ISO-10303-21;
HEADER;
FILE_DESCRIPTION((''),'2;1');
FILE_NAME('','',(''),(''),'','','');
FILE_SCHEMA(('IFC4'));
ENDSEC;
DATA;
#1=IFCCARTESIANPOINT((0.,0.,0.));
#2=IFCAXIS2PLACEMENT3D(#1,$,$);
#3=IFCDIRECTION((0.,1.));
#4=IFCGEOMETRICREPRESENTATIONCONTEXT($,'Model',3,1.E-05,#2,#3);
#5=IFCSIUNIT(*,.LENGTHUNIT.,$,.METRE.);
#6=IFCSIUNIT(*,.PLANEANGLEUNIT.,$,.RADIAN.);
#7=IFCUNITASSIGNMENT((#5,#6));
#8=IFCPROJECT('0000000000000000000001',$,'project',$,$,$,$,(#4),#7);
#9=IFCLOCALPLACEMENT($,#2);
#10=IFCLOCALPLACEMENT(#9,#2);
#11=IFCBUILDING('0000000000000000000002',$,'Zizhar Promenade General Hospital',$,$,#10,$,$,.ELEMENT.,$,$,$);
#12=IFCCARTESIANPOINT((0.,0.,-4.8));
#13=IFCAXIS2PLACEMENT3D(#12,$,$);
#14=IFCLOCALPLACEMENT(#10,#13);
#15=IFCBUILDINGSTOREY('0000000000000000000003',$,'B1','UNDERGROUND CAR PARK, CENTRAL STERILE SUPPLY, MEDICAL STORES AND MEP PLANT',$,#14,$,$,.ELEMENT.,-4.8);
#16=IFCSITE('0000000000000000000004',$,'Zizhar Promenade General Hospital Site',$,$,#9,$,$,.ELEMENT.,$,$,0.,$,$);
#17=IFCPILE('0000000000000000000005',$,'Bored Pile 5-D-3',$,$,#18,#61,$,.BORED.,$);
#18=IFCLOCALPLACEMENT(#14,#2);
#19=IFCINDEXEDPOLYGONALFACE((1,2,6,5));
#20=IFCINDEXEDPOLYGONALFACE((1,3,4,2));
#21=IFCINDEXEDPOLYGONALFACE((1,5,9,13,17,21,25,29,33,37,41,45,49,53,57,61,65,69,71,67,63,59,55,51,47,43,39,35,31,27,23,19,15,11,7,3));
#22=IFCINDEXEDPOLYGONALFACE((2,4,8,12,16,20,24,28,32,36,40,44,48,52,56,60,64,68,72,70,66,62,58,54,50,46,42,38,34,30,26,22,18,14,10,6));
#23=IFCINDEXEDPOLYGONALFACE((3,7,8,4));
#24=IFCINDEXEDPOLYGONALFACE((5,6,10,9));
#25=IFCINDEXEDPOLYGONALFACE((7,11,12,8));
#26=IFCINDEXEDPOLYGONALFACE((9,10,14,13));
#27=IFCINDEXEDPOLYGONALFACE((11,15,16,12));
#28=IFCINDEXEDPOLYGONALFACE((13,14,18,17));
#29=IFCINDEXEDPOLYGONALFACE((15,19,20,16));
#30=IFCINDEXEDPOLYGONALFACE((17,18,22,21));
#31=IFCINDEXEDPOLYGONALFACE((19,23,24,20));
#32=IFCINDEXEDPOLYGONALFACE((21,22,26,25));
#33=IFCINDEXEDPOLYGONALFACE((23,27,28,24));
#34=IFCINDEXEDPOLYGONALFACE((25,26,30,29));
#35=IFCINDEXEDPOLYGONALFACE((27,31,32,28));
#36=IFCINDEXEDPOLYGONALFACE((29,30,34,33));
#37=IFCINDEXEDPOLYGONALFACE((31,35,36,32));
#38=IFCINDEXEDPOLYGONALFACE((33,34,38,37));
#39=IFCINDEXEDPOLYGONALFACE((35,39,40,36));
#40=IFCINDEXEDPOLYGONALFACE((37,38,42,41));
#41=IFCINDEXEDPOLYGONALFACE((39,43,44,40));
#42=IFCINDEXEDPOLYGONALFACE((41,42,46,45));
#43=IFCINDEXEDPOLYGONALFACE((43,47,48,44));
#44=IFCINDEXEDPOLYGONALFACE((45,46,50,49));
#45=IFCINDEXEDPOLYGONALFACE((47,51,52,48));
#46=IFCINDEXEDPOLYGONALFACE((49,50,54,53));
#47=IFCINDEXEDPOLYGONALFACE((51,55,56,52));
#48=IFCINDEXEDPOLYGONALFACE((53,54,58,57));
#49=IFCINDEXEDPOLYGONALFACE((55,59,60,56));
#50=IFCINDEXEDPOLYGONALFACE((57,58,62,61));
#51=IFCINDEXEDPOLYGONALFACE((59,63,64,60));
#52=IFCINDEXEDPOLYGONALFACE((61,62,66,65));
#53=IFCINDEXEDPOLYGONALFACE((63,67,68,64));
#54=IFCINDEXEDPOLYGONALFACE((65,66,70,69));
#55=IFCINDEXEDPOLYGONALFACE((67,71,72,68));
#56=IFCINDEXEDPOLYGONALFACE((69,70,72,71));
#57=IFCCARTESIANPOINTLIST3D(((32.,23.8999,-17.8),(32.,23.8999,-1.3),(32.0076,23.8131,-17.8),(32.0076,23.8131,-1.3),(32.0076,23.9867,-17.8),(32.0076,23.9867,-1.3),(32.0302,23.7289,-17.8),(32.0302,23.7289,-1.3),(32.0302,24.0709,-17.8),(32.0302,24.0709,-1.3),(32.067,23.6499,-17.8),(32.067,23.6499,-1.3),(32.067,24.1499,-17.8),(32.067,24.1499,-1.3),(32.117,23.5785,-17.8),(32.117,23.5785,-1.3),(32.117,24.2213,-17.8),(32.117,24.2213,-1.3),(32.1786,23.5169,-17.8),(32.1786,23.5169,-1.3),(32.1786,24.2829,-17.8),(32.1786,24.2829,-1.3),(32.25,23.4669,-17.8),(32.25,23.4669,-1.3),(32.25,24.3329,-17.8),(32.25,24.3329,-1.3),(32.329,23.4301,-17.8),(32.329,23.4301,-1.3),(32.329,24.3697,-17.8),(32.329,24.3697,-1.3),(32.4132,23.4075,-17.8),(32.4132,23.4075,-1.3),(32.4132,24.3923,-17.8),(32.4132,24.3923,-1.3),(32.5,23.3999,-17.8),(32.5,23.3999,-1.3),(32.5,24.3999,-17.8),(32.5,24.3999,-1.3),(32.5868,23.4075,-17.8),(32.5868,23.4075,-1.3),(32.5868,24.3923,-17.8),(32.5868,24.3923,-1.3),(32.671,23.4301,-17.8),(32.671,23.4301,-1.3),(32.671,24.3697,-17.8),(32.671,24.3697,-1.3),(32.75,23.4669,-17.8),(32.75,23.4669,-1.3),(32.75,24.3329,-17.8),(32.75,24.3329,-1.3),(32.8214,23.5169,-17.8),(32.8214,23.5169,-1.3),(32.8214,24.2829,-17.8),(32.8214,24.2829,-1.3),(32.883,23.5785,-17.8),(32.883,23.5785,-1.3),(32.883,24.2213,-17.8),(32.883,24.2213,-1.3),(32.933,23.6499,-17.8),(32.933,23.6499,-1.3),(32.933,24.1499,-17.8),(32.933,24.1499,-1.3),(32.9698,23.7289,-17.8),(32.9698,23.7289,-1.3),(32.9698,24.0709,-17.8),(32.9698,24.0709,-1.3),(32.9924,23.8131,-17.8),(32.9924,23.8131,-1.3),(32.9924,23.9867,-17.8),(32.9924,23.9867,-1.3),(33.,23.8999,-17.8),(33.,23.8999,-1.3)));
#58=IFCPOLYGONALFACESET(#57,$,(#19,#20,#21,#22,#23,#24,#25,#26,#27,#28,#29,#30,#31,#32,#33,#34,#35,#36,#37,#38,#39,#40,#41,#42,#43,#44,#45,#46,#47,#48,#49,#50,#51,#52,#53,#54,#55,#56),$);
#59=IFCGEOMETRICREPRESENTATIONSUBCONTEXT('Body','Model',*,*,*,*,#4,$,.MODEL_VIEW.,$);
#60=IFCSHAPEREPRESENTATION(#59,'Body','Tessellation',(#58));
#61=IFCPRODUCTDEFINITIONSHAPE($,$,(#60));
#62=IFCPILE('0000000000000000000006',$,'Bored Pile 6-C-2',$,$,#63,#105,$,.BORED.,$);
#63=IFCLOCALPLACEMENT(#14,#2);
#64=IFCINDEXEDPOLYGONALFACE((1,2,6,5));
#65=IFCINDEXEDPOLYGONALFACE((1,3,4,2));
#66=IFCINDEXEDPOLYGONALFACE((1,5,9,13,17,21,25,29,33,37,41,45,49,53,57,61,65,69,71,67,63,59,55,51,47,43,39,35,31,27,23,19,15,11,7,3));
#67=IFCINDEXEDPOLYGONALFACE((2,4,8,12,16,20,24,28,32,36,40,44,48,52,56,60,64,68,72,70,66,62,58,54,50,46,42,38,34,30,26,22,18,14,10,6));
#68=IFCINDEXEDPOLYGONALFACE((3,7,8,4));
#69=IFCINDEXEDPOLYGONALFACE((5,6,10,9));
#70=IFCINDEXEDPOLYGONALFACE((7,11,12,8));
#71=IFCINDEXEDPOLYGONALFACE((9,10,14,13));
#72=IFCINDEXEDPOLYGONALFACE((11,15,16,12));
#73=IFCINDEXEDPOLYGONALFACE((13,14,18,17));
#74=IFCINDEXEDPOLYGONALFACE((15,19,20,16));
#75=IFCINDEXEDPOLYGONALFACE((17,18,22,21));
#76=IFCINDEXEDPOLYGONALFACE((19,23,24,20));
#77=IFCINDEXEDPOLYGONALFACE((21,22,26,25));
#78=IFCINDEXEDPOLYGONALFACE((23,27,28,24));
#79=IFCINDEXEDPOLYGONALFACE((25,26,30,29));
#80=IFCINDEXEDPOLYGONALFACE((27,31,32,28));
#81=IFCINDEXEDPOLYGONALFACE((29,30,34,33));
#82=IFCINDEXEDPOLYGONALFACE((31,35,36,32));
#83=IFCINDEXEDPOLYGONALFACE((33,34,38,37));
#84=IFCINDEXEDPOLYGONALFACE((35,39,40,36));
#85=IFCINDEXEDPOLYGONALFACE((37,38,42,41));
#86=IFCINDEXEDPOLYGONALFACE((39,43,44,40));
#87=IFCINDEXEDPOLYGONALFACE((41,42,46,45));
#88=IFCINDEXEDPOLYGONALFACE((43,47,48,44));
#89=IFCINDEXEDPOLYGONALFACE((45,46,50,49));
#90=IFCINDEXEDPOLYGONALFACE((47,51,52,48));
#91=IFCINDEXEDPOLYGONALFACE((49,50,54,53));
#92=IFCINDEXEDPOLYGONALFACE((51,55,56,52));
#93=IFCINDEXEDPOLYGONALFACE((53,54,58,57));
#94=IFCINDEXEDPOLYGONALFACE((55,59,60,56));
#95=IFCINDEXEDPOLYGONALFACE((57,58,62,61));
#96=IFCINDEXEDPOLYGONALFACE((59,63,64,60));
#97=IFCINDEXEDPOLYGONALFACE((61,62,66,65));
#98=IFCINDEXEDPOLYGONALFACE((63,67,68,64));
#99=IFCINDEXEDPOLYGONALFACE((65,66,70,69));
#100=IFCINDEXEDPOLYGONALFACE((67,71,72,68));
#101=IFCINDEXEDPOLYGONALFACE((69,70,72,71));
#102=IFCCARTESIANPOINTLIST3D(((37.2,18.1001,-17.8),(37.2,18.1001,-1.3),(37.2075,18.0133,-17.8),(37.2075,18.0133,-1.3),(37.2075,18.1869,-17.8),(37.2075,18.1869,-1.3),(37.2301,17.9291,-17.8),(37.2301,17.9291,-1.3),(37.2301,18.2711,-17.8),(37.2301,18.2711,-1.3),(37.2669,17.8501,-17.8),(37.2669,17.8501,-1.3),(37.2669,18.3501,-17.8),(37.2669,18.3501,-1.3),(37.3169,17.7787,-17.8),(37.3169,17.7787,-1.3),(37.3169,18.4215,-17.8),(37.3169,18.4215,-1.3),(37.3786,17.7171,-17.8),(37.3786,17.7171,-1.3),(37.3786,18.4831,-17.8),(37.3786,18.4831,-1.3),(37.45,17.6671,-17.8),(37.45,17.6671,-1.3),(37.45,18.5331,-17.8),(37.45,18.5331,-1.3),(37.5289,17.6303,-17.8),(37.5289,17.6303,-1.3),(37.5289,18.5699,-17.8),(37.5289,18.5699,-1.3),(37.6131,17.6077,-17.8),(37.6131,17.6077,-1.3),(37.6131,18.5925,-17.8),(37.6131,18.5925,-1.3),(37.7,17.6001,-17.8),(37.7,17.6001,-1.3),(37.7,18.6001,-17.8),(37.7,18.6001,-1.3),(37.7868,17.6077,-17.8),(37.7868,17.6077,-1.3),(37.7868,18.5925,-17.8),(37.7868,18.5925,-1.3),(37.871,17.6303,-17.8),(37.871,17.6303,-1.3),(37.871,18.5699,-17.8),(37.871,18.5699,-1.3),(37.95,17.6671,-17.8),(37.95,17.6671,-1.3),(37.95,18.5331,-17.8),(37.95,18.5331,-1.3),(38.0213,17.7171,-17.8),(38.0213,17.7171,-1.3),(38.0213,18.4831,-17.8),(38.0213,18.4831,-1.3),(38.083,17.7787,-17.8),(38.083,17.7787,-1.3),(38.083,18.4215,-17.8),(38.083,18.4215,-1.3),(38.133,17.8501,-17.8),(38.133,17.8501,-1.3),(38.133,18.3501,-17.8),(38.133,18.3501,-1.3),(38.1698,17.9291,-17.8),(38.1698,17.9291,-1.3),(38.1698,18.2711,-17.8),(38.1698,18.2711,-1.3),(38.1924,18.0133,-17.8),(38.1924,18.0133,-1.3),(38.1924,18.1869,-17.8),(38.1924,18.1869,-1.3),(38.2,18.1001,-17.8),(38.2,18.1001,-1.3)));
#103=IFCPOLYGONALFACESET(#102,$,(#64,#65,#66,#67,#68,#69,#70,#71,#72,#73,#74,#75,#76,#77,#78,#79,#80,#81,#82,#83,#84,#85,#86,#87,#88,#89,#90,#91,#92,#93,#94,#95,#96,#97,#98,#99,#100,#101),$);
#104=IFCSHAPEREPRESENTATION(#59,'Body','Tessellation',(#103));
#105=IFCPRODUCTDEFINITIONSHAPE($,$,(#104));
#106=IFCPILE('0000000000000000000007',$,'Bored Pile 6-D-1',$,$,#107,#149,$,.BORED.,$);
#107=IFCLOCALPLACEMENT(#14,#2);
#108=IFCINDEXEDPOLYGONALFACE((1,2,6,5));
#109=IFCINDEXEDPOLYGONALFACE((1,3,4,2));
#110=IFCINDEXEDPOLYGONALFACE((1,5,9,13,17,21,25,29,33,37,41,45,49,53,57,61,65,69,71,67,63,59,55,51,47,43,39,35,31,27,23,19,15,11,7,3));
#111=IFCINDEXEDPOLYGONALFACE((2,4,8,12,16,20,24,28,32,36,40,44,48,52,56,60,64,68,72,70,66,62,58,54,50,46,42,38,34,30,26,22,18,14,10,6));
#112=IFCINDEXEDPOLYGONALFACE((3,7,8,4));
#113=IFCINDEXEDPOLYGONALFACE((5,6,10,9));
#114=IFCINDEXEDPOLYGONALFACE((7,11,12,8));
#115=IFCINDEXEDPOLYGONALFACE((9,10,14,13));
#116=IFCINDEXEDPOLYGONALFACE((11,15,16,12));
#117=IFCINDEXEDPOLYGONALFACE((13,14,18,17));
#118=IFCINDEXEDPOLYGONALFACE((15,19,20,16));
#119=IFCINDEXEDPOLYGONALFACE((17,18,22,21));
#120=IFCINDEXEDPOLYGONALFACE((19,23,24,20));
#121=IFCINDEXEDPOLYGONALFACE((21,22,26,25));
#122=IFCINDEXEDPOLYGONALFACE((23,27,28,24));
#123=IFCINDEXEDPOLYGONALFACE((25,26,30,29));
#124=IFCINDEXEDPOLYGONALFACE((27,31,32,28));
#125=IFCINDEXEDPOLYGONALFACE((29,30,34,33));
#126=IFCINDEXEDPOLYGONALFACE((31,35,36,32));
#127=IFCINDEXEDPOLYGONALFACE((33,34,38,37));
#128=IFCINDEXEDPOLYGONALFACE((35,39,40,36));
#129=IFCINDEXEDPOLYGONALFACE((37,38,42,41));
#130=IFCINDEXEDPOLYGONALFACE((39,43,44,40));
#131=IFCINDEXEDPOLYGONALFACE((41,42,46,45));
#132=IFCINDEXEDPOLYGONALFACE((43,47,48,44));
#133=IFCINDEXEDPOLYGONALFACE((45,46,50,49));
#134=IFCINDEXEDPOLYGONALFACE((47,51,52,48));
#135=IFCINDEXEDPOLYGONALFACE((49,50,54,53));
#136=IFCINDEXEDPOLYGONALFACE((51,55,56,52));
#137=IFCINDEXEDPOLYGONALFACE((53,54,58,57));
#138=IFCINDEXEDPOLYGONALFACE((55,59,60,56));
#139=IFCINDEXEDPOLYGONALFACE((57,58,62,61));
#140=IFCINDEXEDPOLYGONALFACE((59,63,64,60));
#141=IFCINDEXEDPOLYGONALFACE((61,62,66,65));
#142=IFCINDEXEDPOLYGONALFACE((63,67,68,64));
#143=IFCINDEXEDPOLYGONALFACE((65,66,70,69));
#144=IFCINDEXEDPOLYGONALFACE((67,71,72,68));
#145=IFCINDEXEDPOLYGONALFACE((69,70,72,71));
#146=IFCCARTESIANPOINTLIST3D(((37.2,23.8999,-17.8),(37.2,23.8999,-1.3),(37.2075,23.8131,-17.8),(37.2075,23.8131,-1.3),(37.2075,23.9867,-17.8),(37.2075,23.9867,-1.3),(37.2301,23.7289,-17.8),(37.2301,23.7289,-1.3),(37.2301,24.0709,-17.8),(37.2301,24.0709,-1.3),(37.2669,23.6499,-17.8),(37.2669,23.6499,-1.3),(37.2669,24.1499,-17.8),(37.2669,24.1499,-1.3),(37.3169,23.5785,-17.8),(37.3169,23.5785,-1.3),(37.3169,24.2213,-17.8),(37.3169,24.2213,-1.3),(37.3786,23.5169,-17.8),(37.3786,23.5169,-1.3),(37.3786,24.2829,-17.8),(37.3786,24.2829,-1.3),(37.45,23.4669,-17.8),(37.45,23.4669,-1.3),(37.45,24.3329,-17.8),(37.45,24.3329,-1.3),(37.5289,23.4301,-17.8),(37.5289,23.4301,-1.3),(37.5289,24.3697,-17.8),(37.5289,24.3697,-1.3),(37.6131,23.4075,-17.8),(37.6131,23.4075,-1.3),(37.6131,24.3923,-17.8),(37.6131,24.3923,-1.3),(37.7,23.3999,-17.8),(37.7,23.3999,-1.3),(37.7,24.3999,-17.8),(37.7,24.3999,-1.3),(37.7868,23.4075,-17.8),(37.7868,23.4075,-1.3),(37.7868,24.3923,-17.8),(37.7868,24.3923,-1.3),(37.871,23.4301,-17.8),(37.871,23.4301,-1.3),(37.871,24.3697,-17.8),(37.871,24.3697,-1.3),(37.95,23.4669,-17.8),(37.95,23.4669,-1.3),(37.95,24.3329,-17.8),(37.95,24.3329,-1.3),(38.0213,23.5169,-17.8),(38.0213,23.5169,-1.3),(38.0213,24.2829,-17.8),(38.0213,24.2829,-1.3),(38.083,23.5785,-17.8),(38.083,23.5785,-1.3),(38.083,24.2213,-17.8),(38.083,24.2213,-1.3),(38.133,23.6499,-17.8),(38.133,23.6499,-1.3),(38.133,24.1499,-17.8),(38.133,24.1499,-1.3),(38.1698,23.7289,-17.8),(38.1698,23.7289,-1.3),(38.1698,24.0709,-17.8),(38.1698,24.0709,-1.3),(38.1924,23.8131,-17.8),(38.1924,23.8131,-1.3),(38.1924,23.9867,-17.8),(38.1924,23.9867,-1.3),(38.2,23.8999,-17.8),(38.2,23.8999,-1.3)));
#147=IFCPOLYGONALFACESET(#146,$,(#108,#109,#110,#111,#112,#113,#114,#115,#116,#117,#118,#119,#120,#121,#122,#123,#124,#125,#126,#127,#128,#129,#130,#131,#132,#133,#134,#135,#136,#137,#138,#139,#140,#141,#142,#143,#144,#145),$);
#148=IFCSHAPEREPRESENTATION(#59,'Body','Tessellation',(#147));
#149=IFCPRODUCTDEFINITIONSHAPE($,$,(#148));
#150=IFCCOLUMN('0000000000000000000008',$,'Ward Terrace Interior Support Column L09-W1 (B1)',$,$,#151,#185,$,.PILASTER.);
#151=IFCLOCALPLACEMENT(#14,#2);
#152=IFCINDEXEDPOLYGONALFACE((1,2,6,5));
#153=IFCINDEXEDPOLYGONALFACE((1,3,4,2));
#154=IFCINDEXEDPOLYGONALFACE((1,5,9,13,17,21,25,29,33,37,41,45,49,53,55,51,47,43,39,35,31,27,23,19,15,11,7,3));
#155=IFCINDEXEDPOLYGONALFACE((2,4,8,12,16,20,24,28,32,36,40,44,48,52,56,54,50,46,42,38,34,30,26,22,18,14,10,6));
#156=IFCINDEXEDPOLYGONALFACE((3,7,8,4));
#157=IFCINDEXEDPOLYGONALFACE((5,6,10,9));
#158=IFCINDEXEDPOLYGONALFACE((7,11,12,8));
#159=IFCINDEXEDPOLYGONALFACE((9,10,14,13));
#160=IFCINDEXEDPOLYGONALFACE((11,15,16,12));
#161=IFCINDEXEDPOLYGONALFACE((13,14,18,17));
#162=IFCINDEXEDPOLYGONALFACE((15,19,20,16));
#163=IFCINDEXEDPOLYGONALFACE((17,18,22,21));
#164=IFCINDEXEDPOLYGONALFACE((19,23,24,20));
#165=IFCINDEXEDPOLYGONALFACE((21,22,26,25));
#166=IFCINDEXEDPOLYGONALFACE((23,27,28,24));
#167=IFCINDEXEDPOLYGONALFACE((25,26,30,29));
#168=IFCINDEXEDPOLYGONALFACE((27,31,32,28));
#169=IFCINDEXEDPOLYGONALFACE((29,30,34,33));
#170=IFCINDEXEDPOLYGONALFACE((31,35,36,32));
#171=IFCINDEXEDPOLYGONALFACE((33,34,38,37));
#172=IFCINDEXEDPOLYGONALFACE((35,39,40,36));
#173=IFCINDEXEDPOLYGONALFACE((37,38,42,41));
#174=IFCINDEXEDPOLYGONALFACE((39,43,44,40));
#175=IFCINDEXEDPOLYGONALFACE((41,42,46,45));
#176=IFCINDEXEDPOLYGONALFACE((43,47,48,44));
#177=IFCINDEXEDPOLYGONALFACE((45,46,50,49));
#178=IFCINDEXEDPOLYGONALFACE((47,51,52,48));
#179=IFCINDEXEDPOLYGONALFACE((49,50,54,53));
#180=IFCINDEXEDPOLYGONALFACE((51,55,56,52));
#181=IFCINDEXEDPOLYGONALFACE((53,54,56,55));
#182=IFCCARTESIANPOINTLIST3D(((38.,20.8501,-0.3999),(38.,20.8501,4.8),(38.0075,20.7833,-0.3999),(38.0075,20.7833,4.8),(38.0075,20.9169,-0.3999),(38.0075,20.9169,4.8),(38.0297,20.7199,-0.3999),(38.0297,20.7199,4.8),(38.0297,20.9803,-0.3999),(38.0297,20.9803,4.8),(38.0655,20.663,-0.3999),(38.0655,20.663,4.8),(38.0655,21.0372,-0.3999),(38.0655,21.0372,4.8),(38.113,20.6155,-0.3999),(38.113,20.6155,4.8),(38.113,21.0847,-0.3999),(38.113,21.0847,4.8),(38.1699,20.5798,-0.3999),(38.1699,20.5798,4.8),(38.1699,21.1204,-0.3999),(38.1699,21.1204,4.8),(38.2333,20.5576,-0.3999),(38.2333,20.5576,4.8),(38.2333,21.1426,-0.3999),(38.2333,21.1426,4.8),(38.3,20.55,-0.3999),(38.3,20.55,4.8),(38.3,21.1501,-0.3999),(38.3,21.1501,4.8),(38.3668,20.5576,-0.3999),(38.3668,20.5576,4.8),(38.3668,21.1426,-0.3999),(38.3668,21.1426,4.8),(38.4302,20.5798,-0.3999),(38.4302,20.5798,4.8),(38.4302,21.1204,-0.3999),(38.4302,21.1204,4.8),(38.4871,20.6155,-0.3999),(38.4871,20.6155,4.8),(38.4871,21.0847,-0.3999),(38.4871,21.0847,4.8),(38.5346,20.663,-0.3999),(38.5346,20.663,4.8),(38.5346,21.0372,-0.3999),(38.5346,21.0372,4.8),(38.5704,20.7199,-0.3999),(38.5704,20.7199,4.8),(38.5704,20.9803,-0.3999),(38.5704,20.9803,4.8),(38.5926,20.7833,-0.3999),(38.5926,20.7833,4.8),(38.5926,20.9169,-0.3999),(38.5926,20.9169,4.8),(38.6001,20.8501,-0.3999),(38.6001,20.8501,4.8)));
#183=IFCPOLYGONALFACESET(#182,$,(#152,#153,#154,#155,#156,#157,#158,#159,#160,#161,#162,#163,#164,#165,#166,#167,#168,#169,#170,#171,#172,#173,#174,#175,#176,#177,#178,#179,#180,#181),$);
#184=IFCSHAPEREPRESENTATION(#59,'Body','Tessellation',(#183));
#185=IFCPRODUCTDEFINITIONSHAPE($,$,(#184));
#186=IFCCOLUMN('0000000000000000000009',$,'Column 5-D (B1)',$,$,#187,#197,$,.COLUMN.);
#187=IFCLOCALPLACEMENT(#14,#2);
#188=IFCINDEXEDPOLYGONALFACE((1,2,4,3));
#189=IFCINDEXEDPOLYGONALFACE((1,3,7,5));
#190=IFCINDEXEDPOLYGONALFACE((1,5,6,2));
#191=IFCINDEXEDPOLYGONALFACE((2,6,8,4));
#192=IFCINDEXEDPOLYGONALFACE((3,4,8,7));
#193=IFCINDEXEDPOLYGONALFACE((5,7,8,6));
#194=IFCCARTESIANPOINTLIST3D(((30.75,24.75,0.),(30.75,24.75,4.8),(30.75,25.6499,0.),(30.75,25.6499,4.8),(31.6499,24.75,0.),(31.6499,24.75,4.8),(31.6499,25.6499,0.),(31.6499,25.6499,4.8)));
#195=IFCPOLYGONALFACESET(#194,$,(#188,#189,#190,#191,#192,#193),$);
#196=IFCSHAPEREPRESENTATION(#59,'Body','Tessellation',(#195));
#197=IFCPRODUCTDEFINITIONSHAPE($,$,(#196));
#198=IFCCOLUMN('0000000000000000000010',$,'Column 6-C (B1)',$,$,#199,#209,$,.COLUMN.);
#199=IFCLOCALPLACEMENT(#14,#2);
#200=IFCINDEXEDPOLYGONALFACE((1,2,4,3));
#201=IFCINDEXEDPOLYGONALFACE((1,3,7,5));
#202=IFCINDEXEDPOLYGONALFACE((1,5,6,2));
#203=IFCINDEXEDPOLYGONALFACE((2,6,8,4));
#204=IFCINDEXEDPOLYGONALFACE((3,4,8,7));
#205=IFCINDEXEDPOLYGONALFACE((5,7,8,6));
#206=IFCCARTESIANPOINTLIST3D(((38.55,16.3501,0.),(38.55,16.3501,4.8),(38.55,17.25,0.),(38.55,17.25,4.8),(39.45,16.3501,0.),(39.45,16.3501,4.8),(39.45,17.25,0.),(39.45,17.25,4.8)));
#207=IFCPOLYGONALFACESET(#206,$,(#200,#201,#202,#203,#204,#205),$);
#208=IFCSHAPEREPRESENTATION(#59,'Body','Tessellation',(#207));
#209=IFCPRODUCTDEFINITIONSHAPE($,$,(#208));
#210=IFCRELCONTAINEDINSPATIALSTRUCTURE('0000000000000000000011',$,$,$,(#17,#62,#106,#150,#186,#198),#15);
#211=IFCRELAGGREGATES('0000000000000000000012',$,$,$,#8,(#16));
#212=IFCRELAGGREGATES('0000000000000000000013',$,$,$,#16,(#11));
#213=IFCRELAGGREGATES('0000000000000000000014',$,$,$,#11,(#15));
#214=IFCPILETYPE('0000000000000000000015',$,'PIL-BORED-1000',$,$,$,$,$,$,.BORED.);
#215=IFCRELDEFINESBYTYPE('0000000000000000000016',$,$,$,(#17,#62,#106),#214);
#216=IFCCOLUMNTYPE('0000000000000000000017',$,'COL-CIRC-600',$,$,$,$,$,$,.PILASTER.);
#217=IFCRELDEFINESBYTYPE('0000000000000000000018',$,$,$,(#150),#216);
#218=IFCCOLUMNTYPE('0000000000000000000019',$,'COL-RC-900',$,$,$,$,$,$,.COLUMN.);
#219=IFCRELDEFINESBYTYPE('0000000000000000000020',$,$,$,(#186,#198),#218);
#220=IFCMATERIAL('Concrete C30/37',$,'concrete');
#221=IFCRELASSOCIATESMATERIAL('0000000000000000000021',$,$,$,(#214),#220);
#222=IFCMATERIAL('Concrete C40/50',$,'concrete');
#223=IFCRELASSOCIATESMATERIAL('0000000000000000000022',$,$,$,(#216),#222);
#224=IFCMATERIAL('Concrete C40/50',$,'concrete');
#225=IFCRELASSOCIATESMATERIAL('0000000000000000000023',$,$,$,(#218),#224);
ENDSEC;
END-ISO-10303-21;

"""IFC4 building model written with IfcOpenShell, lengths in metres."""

from ifc_helpers import new_model, si_unit, direction, frame, origin, origin_2d, place, context, subcontext, project, spatial, rectangle, circle, extrude, material, material_profile, profile_set, type_object, element, save


model = new_model("IFC4")

# Units and contexts
model_context = context("Model", 3, precision=1e-05, world=origin(), true_north=direction((0.0, 1.0)))
body_context = subcontext(model_context, "Body", "Model", "MODEL_VIEW")
ifc_project = project(units=[si_unit("LENGTHUNIT", "METRE"), si_unit("PLANEANGLEUNIT", "RADIAN")], contexts=[model_context])

# Site, building, storey
site_placement = place(None, origin())
site = spatial("IfcSite", under=ifc_project, at=site_placement, Name="Zizhar Promenade General Hospital Site", CompositionType="ELEMENT", RefElevation=0.0)
building_placement = place(site_placement, origin())
building = spatial("IfcBuilding", under=site, at=building_placement, Name="Zizhar Promenade General Hospital", CompositionType="ELEMENT")
storey_placement = place(building_placement, frame((0.0, 0.0, -4.8)))
storey = spatial("IfcBuildingStorey", under=building, at=storey_placement, Name="B1", Description="UNDERGROUND CAR PARK, CENTRAL STERILE SUPPLY, MEDICAL STORES AND MEP PLANT", CompositionType="ELEMENT", Elevation=-4.8)

# Piles
ifc_material_1 = material(Name="Concrete C30/37", Category="concrete")
ifc_material_profile_1 = material_profile(ifc_material_1, circle(Radius=0.5, at=origin_2d()))
ifc_profile_set_1 = profile_set([ifc_material_profile_1], Name="Concrete C30/37")
pile_type = type_object("IfcPileType", Name="PIL-BORED-1000", PredefinedType="BORED", material=ifc_profile_set_1)
for number, where, z_axis, x_axis, name in (
    (1, (32.5, 23.8999, -1.3), (0.0, 0.0, -1.0), (1.0, 0.0, 0.0), "Bored Pile 5-D-3"),
    (2, (37.7, 18.1001, -1.3), (0.0, 0.0, -1.0), (1.0, 0.0, 0.0), "Bored Pile 6-C-2"),
    (3, (37.7, 23.8999, -1.3), (0.0, 0.0, -1.0), (1.0, 0.0, 0.0), "Bored Pile 6-D-1"),
):
    element("IfcPile", number, at=place(storey_placement, frame(where, z_axis=z_axis, x_axis=x_axis)), inside=storey, type_object=pile_type, Name=name, PredefinedType="BORED", context=body_context, shape_type="SweptSolid", body=[
        extrude(circle(Radius=0.5, at=origin_2d()), origin(), (0.0, 0.0, 1.0), 16.5),
    ])

# Columns
ifc_material_2 = material(Name="Concrete C40/50", Category="concrete")
ifc_material_profile_2 = material_profile(ifc_material_2, circle(Radius=0.3, at=origin_2d()))
ifc_profile_set_2 = profile_set([ifc_material_profile_2], Name="Concrete C40/50")
column_type_1 = type_object("IfcColumnType", Name="COL-CIRC-600", PredefinedType="PILASTER", material=ifc_profile_set_2)
column_placement = place(storey_placement, frame((38.3, 20.8501, -0.3999), z_axis=(0.0, 0.0, 1.0), x_axis=(1.0, 0.0, 0.0)))
element("IfcColumn", 4, at=column_placement, inside=storey, type_object=column_type_1, Name="Ward Terrace Interior Support Column L09-W1 (B1)", PredefinedType="PILASTER", context=body_context, shape_type="SweptSolid", body=[
    extrude(circle(Radius=0.3, at=origin_2d()), origin(), (0.0, 0.0, 1.0), 5.2),
])
ifc_material_3 = material(Name="Concrete C40/50", Category="concrete")
ifc_material_profile_3 = material_profile(ifc_material_3, rectangle(XDim=0.8999, YDim=0.8999, at=origin_2d()))
ifc_profile_set_3 = profile_set([ifc_material_profile_3], Name="Concrete C40/50")
column_type_2 = type_object("IfcColumnType", Name="COL-RC-900", PredefinedType="COLUMN", material=ifc_profile_set_3)
for number, where, z_axis, x_axis, name in (
    (5, (31.2, 25.2, 0.0), (0.0, 0.0, 1.0), (1.0, 0.0, 0.0), "Column 5-D (B1)"),
    (6, (39.0, 16.8, 0.0), (0.0, 0.0, 1.0), (1.0, 0.0, 0.0), "Column 6-C (B1)"),
):
    element("IfcColumn", number, at=place(storey_placement, frame(where, z_axis=z_axis, x_axis=x_axis)), inside=storey, type_object=column_type_2, Name=name, PredefinedType="COLUMN", context=body_context, shape_type="SweptSolid", body=[
        extrude(rectangle(XDim=0.8999, YDim=0.8999, at=origin_2d()), origin(), (0.0, 0.0, 1.0), 4.8),
    ])

save(model, "model.ifc")
